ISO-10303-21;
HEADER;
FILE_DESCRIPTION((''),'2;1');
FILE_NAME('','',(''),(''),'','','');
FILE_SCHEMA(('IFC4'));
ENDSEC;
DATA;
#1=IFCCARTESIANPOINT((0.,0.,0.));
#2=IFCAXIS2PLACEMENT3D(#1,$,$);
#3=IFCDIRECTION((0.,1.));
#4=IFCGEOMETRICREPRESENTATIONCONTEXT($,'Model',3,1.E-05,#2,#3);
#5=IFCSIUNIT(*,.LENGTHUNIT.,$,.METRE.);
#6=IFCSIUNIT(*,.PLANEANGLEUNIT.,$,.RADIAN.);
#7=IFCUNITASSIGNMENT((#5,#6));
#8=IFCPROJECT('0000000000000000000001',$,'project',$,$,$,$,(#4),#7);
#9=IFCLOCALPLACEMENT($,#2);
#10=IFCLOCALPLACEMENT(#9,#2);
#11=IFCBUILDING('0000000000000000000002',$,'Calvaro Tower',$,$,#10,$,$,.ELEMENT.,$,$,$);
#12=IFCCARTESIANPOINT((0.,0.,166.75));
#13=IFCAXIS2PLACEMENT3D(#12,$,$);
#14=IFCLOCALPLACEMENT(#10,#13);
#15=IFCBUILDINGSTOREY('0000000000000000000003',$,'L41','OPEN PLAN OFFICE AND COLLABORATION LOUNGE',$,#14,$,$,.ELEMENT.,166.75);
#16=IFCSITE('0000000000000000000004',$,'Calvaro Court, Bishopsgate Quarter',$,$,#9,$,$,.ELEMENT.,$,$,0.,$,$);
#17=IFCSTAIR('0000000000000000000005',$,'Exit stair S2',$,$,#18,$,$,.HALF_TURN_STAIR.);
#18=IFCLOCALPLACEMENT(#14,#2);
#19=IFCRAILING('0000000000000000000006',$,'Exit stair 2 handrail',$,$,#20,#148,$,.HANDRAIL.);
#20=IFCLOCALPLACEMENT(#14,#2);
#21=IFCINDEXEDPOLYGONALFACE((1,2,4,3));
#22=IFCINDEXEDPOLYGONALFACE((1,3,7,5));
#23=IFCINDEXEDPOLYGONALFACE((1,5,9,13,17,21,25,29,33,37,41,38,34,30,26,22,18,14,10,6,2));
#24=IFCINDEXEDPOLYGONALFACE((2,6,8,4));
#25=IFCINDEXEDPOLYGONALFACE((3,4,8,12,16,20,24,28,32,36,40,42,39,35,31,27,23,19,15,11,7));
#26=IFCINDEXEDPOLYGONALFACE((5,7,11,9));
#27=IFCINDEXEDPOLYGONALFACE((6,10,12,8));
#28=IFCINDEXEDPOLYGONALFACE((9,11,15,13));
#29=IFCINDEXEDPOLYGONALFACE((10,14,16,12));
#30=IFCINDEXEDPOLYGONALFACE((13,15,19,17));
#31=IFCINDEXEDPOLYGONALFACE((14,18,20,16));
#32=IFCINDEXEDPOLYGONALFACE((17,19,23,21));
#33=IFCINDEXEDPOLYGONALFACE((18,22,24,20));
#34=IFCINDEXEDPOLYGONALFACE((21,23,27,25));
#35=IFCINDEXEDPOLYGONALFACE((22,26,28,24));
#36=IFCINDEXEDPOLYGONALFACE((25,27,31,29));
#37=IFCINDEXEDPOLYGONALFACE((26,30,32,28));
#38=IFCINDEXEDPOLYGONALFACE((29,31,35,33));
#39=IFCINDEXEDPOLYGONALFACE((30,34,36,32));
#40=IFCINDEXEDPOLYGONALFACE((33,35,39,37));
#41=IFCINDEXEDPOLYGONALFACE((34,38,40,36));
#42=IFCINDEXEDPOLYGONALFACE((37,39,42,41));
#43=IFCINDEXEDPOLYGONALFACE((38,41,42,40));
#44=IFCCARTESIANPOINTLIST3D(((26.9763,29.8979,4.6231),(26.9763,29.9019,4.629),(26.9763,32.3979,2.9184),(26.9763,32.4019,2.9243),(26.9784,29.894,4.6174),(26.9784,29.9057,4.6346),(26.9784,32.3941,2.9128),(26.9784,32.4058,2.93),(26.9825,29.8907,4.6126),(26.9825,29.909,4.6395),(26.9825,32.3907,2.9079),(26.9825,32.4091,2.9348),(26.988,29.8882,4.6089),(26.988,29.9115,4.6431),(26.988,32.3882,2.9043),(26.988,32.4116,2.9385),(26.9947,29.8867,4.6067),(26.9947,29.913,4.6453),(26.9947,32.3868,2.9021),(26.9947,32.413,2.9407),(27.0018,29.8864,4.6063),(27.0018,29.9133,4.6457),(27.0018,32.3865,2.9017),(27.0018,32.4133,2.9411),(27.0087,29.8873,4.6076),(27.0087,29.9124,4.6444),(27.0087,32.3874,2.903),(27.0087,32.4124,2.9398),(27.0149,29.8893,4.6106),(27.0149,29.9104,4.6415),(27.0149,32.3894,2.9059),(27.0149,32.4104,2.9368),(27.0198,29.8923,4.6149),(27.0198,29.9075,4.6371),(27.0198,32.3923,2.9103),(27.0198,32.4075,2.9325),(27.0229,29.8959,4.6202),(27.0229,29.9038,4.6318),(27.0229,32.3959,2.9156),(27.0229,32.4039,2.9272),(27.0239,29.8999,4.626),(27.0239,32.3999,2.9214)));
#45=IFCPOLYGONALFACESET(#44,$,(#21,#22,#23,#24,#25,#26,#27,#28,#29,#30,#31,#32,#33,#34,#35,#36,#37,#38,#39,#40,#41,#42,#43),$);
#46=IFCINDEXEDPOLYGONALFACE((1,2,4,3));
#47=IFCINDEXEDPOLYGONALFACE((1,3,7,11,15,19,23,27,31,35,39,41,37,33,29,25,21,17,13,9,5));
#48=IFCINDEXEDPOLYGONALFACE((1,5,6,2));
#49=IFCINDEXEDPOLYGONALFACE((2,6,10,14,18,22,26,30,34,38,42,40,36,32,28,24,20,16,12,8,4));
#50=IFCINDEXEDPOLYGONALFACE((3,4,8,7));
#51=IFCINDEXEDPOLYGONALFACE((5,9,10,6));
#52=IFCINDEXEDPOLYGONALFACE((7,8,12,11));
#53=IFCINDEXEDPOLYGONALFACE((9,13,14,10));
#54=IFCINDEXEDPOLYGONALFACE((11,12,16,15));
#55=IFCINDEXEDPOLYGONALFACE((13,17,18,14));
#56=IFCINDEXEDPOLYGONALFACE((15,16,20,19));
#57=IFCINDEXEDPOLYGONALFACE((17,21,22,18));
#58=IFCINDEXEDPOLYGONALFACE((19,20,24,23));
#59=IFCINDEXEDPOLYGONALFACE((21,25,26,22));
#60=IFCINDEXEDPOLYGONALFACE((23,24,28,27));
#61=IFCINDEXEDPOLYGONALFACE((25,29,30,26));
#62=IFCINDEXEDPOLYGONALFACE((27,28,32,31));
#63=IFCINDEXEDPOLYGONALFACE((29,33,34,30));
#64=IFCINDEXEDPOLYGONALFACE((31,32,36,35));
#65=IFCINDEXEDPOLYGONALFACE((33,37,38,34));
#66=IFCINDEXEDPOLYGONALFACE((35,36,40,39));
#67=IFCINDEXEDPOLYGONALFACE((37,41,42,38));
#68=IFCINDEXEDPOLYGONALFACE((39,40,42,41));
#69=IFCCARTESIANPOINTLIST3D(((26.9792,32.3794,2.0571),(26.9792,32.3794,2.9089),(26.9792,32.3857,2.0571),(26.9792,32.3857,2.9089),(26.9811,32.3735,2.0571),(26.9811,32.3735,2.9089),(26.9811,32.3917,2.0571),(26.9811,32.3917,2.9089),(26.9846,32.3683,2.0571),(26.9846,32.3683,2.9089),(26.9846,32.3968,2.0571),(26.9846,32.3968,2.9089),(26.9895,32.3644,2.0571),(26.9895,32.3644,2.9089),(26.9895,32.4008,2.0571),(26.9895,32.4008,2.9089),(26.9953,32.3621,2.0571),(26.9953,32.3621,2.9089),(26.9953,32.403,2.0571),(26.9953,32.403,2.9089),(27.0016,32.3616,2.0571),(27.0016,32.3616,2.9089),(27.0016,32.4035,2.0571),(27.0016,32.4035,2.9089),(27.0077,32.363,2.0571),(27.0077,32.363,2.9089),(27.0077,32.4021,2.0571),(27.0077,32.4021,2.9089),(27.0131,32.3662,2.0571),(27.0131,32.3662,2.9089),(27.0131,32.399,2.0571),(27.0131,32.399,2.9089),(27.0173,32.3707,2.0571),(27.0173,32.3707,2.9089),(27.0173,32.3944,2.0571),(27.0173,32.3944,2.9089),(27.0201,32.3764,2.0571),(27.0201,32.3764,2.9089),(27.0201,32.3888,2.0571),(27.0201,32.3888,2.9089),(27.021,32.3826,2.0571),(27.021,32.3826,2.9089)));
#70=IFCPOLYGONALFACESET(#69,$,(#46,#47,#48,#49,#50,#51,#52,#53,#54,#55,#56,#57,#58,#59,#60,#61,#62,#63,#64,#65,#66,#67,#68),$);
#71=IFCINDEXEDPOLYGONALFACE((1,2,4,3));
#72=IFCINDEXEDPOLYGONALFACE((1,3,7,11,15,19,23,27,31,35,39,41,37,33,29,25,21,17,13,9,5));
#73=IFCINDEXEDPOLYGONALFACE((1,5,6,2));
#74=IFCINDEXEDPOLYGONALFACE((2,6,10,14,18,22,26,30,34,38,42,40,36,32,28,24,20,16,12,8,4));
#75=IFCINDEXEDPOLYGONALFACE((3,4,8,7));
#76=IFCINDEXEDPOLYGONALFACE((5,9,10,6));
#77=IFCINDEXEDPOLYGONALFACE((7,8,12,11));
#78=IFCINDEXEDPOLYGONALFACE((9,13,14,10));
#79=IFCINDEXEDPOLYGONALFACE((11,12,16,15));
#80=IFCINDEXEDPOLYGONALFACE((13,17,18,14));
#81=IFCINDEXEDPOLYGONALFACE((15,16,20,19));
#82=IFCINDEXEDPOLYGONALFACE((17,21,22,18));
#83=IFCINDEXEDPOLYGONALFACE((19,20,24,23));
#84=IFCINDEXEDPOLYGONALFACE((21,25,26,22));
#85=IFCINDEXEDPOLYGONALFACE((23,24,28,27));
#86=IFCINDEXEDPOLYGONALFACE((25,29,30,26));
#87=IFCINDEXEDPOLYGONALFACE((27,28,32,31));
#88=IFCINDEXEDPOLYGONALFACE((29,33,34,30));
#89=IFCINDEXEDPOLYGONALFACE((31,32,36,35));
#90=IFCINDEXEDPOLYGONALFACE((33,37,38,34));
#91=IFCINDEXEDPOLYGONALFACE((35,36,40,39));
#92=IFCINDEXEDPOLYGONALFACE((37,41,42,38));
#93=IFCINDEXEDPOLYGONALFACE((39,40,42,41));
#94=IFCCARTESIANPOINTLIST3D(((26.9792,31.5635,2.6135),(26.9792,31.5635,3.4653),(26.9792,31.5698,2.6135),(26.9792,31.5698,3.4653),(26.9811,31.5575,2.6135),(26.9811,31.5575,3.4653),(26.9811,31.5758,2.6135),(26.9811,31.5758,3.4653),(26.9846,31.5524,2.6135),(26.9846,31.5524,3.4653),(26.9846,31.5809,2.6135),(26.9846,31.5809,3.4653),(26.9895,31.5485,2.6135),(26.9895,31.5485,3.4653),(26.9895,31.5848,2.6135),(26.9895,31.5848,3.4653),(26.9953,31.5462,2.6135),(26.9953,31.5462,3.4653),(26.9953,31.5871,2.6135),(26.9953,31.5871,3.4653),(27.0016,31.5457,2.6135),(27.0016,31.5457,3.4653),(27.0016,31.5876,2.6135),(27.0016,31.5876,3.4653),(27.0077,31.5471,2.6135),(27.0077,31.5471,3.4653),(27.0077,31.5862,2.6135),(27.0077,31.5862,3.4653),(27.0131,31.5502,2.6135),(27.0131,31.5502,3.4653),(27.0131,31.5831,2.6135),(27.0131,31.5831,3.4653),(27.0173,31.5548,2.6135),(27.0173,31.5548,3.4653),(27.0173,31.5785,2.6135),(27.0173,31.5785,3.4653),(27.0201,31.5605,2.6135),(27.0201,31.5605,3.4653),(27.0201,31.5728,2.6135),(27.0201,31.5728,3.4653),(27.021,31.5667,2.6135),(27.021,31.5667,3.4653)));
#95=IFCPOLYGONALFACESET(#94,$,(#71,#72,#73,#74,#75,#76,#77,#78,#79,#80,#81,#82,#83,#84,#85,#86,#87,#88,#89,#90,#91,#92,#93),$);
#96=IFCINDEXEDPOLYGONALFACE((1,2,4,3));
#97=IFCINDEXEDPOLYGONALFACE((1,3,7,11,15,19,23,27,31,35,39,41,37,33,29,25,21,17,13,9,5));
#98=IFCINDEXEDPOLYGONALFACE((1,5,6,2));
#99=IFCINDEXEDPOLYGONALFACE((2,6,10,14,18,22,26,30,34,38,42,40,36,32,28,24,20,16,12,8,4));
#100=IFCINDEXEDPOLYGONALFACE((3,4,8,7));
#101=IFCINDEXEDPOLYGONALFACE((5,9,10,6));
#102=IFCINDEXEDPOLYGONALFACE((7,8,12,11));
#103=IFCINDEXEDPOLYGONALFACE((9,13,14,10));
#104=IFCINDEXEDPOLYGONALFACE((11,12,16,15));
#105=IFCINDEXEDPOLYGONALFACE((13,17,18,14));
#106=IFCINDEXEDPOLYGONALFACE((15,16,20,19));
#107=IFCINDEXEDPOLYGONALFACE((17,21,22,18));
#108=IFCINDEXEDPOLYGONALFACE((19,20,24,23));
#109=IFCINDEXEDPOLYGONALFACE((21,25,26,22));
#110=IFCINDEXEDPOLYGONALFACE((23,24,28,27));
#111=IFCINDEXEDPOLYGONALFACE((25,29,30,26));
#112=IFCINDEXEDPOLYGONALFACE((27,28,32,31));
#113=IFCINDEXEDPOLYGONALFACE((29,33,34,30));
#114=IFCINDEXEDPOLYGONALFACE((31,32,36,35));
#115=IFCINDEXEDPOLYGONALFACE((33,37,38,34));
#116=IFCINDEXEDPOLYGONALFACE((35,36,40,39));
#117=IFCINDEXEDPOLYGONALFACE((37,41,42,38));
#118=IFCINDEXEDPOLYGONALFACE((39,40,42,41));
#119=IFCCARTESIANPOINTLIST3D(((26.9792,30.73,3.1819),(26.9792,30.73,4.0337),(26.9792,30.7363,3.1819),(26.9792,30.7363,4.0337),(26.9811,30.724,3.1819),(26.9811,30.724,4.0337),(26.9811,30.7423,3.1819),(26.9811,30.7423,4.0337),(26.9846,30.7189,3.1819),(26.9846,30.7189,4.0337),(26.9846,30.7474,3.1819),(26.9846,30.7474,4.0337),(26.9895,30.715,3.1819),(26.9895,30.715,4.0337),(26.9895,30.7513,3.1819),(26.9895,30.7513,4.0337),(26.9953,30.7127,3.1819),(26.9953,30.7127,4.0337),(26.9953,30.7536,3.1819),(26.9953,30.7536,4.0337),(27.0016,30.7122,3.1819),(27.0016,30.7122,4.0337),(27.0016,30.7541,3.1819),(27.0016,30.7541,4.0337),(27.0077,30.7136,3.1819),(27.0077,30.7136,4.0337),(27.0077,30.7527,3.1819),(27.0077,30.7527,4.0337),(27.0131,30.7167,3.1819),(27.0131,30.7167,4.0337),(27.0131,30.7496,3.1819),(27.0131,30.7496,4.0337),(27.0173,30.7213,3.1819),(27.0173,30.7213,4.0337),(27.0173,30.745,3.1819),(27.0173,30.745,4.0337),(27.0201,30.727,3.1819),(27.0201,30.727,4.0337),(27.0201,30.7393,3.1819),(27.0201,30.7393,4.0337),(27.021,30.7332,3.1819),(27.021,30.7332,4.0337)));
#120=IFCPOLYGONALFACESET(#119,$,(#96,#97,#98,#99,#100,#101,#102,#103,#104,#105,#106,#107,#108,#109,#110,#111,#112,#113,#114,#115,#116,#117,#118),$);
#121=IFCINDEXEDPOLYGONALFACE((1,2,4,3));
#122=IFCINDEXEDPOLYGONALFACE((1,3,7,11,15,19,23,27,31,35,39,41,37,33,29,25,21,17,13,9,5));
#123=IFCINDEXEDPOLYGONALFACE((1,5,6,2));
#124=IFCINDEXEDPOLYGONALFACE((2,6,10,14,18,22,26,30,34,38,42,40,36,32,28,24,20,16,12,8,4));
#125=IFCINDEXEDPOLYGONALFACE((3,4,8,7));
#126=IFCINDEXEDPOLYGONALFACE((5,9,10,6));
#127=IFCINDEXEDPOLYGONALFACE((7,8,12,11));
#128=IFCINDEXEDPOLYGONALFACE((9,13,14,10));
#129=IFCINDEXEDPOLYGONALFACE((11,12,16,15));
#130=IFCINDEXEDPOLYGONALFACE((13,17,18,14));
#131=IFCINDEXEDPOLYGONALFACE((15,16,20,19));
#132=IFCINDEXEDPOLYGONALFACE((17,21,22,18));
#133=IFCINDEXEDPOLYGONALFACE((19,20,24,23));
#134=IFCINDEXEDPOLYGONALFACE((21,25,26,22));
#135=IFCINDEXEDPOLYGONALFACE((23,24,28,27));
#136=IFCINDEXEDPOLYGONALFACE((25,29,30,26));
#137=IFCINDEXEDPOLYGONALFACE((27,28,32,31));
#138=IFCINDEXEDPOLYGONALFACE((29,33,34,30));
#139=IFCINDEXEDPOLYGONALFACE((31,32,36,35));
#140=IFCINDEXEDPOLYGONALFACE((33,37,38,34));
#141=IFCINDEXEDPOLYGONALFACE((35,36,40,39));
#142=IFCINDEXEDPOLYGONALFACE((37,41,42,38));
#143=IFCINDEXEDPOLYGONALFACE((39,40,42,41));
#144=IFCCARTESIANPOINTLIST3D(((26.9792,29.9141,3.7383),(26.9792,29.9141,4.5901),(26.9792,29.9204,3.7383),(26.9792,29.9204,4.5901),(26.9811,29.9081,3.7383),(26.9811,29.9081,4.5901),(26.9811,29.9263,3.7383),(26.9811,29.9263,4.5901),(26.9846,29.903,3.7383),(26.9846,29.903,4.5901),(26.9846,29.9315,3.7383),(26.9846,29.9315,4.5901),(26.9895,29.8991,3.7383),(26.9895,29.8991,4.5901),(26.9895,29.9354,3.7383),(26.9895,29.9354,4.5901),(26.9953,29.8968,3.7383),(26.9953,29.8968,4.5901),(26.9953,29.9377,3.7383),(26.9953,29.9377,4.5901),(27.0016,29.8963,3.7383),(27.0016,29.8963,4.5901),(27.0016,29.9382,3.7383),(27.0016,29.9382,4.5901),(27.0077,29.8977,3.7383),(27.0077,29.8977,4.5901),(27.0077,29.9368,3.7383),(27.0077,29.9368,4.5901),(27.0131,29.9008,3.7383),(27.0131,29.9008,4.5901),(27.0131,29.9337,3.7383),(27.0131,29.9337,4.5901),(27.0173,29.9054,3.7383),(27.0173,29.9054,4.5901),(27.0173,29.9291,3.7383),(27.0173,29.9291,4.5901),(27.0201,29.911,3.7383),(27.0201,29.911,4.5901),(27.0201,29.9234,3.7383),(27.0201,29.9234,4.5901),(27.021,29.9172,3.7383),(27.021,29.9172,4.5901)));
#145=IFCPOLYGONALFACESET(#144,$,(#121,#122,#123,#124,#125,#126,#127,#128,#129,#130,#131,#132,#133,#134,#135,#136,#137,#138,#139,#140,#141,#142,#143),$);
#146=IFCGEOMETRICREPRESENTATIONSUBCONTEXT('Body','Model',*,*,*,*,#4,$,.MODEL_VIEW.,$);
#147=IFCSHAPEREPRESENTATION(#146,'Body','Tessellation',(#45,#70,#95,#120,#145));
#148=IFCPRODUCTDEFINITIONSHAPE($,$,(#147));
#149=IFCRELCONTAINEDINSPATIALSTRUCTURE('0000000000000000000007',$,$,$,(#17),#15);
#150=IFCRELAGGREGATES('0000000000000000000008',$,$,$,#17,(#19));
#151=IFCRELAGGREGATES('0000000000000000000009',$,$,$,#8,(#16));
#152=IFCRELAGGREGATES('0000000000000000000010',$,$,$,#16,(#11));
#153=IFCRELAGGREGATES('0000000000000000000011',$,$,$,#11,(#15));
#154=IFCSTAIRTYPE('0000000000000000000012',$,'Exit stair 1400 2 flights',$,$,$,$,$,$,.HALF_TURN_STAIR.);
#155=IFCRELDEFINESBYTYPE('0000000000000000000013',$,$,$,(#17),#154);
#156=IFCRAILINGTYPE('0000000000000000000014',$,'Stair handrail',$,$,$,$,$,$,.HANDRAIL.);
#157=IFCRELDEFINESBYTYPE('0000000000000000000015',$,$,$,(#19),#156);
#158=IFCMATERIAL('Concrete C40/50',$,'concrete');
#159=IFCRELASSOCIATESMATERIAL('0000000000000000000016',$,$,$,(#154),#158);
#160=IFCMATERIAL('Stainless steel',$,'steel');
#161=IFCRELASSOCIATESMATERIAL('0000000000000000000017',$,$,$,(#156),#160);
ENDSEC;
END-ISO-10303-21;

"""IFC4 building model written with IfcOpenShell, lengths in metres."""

from ifc_helpers import new_model, si_unit, direction, frame, origin, origin_2d, place, context, subcontext, project, spatial, circle, extrude, material, type_object, element, aggregate, save


model = new_model("IFC4")

# Units and contexts
model_context = context("Model", 3, precision=1e-05, world=origin(), true_north=direction((0.0, 1.0)))
body_context = subcontext(model_context, "Body", "Model", "MODEL_VIEW")
ifc_project = project(units=[si_unit("LENGTHUNIT", "METRE"), si_unit("PLANEANGLEUNIT", "RADIAN")], contexts=[model_context])

# Site, building, storey
site_placement = place(None, origin())
site = spatial("IfcSite", under=ifc_project, at=site_placement, Name="Calvaro Court, Bishopsgate Quarter", CompositionType="ELEMENT", RefElevation=0.0)
building_placement = place(site_placement, origin())
building = spatial("IfcBuilding", under=site, at=building_placement, Name="Calvaro Tower", CompositionType="ELEMENT")
storey_placement = place(building_placement, frame((0.0, 0.0, 166.75)))
storey = spatial("IfcBuildingStorey", under=building, at=storey_placement, Name="L41", Description="OPEN PLAN OFFICE AND COLLABORATION LOUNGE", CompositionType="ELEMENT", Elevation=166.75)

# Stair, railing
ifc_material_1 = material(Name="Concrete C40/50", Category="concrete")
stair_type = type_object("IfcStairType", Name="Exit stair 1400 2 flights", PredefinedType="HALF_TURN_STAIR", material=ifc_material_1)
stair_placement = place(storey_placement, origin())
stair = element("IfcStair", 1, at=stair_placement, inside=storey, type_object=stair_type, Name="Exit stair S2", PredefinedType="HALF_TURN_STAIR")
ifc_material_2 = material(Name="Stainless steel", Category="steel")
railing_type = type_object("IfcRailingType", Name="Stair handrail", PredefinedType="HANDRAIL", material=ifc_material_2)
railing_1_placement = place(storey_placement, frame((27.0, 32.3999, 2.0454)))
railing_1 = element("IfcRailing", 2, at=railing_1_placement, type_object=railing_type, Name="Exit stair 2 handrail", PredefinedType="HANDRAIL", context=body_context, shape_type="SweptSolid", body=[
    extrude(circle(Radius=0.0239, at=origin_2d()), frame((0.0, 0.0, 0.876), z_axis=(0.0, -0.826221, 0.563347), x_axis=(1.0, 0.0, 0.0)), (0.0, 0.0, 1.0), 3.0259),
    extrude(circle(Radius=0.021, at=origin_2d()), frame((0.0, -0.0173, 0.0117)), (0.0, 0.0, 1.0), 0.8518),
    extrude(circle(Radius=0.021, at=origin_2d()), frame((0.0, -0.8333, 0.5681)), (0.0, 0.0, 1.0), 0.8518),
    extrude(circle(Radius=0.021, at=origin_2d()), frame((0.0, -1.6667, 1.1365)), (0.0, 0.0, 1.0), 0.8518),
    extrude(circle(Radius=0.021, at=origin_2d()), frame((0.0, -2.4827, 1.6929)), (0.0, 0.0, 1.0), 0.8518),
])
aggregate(stair, [railing_1])

save(model, "model.ifc")
